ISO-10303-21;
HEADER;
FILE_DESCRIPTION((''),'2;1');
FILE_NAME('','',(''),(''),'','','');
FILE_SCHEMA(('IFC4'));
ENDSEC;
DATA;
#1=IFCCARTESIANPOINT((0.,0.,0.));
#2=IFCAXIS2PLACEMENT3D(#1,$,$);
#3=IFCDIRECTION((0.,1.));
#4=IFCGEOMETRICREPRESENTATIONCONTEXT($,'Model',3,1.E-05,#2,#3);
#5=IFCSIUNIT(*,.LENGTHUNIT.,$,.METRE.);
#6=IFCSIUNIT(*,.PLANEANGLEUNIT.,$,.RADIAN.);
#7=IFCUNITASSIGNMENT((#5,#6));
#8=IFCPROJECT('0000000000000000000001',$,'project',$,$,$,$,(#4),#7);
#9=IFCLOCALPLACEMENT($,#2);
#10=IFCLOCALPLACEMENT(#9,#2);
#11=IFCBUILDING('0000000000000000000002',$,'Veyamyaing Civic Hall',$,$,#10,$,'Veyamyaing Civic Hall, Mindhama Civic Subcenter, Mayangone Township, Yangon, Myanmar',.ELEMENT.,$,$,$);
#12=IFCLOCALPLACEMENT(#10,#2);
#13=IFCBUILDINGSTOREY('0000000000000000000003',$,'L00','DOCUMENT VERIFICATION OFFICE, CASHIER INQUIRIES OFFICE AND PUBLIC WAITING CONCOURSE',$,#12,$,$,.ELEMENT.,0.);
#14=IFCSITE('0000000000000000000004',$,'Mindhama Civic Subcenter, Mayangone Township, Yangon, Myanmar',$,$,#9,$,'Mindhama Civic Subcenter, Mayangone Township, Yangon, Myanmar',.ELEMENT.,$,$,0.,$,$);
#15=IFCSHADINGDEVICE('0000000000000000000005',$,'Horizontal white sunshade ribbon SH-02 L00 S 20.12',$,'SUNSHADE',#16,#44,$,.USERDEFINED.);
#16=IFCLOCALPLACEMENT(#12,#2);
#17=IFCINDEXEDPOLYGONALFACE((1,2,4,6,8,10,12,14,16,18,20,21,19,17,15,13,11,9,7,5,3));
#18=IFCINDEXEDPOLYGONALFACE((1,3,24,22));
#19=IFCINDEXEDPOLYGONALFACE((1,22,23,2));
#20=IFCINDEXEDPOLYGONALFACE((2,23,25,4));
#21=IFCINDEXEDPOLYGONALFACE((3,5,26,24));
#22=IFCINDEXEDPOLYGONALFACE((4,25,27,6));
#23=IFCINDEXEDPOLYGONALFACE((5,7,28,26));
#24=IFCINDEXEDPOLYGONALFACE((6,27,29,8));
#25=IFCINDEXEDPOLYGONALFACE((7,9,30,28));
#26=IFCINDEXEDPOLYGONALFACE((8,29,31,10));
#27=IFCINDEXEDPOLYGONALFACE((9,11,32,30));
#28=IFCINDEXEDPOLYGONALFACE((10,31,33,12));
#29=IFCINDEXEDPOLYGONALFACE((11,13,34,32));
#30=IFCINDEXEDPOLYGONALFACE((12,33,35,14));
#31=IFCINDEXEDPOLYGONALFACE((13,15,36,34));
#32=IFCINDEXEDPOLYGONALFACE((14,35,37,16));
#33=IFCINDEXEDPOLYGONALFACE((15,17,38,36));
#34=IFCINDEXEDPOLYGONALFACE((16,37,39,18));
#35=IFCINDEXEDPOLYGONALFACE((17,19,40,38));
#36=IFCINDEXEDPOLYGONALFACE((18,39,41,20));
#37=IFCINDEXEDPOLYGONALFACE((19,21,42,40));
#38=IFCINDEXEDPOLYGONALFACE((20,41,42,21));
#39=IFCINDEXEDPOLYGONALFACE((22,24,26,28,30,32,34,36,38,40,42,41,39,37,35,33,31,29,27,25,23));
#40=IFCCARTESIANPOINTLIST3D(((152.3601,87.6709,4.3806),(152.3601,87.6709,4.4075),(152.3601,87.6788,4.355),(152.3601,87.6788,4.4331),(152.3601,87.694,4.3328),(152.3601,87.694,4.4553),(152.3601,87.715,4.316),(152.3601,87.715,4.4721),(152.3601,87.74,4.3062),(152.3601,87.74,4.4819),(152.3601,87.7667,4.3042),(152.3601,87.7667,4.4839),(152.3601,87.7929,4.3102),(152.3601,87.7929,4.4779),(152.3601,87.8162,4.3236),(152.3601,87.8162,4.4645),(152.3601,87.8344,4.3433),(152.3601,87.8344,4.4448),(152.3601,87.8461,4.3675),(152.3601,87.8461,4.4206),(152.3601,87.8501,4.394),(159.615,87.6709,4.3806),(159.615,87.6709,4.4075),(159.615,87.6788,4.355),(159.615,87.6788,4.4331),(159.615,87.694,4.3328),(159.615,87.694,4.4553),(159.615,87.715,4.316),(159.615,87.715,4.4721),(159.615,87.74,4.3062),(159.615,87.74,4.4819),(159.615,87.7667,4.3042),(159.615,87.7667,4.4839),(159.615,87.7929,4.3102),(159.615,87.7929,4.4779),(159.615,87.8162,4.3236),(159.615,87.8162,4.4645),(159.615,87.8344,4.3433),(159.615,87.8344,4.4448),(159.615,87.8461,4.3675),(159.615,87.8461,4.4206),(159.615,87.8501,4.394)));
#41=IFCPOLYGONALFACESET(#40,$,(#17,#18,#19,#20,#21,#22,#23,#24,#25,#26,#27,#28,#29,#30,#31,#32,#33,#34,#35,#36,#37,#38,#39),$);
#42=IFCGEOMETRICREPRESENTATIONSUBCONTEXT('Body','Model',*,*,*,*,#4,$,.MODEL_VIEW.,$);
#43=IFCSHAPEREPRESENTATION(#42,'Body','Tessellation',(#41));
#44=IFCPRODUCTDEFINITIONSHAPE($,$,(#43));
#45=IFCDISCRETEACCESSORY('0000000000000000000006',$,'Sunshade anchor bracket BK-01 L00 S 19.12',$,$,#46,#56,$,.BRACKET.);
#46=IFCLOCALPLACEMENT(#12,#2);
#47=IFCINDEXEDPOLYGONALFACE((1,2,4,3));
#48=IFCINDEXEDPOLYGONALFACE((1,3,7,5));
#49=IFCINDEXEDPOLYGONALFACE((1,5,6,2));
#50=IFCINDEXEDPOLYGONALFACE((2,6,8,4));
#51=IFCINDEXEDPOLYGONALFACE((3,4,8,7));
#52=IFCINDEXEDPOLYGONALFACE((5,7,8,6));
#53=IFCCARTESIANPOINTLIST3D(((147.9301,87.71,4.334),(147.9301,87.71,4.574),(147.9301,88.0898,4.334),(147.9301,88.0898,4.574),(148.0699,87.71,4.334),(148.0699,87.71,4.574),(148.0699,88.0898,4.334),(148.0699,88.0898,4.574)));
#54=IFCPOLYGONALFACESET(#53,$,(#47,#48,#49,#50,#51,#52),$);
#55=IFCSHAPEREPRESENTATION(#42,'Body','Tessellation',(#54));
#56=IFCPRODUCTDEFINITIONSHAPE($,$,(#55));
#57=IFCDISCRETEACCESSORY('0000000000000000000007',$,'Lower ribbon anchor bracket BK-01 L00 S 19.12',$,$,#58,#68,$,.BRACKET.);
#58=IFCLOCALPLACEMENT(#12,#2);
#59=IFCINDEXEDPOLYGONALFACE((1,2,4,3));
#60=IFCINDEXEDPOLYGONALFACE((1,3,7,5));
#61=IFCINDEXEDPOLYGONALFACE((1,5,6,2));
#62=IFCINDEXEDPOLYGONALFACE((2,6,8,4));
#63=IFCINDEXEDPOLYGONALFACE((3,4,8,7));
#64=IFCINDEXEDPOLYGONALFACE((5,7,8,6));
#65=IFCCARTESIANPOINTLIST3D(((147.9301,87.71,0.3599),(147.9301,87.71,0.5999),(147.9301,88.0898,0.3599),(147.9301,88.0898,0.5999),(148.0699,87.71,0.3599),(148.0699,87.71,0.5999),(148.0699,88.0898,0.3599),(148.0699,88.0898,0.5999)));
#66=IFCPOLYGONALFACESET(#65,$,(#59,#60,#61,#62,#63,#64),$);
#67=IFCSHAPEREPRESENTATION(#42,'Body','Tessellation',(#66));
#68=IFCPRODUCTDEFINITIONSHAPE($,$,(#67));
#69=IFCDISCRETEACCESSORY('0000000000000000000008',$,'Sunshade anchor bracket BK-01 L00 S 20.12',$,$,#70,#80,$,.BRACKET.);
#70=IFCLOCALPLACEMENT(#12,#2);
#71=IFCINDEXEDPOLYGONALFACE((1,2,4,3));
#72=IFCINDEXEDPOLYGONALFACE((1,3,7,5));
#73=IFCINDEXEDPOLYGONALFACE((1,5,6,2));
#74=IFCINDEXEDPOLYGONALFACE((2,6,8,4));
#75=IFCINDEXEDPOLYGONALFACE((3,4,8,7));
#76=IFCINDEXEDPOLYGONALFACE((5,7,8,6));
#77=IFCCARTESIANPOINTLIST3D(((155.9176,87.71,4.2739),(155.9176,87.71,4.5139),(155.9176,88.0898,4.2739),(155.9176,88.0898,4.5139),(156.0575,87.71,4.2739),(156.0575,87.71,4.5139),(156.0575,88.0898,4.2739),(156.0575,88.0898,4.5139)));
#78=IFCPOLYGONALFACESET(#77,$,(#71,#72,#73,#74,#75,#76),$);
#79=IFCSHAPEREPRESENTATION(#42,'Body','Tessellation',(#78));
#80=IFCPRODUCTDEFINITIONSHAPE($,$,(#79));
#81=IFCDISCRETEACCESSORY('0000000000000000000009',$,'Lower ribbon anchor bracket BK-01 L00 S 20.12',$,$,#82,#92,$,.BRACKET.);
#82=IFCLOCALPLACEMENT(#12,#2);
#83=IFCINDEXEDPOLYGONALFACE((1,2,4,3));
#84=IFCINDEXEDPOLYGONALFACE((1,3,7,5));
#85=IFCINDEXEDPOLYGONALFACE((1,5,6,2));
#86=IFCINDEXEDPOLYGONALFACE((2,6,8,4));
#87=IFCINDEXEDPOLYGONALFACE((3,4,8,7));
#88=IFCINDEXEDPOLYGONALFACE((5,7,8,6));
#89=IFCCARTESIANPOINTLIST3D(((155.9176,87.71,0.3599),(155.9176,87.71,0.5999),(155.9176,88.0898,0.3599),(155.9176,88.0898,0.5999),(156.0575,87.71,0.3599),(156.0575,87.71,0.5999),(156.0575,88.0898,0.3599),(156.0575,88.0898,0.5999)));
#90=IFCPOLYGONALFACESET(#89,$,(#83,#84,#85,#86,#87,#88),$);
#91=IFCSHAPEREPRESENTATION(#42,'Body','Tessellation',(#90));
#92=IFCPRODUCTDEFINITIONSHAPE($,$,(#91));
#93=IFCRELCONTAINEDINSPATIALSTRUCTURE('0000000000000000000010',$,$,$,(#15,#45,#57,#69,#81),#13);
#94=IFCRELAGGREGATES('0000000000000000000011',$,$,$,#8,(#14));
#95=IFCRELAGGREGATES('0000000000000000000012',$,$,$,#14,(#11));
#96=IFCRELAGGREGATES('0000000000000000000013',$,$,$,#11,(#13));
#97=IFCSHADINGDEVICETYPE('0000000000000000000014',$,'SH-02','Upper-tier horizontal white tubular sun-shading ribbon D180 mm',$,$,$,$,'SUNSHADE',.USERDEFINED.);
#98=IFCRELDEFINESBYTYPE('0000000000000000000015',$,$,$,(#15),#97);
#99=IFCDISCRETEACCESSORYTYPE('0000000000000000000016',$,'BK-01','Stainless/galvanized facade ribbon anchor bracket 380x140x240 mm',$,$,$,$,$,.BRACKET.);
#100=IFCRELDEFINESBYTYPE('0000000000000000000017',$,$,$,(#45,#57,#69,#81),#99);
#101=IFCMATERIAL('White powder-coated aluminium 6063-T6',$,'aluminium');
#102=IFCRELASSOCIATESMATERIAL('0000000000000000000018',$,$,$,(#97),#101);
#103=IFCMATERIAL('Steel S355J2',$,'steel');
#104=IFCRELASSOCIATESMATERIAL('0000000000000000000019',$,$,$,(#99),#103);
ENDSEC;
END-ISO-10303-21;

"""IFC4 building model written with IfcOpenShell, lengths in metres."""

from ifc_helpers import new_model, si_unit, direction, frame, origin, origin_2d, place, context, subcontext, project, spatial, rectangle, circle, extrude, material, material_profile, profile_set, type_object, element, save


model = new_model("IFC4")

# Units and contexts
model_context = context("Model", 3, precision=1e-05, world=origin(), true_north=direction((0.0, 1.0)))
body_context = subcontext(model_context, "Body", "Model", "MODEL_VIEW")
ifc_project = project(units=[si_unit("LENGTHUNIT", "METRE"), si_unit("PLANEANGLEUNIT", "RADIAN")], contexts=[model_context])

# Site, building, storey
site_placement = place(None, origin())
site = spatial("IfcSite", under=ifc_project, at=site_placement, Name="Mindhama Civic Subcenter, Mayangone Township, Yangon, Myanmar", LongName="Mindhama Civic Subcenter, Mayangone Township, Yangon, Myanmar", CompositionType="ELEMENT", RefElevation=0.0)
building_placement = place(site_placement, origin())
building = spatial("IfcBuilding", under=site, at=building_placement, Name="Veyamyaing Civic Hall", LongName="Veyamyaing Civic Hall, Mindhama Civic Subcenter, Mayangone Township, Yangon, Myanmar", CompositionType="ELEMENT")
storey_placement = place(building_placement, origin())
storey = spatial("IfcBuildingStorey", under=building, at=storey_placement, Name="L00", Description="DOCUMENT VERIFICATION OFFICE, CASHIER INQUIRIES OFFICE AND PUBLIC WAITING CONCOURSE", CompositionType="ELEMENT", Elevation=0.0)

# Shared definitions
ifc_material_1 = material(Name="White powder-coated aluminium 6063-T6", Category="aluminium")

# Shading device
ifc_material_profile_1 = material_profile(ifc_material_1, circle(Radius=0.0901, at=origin_2d()), Name="SHADE-TUBE-180")
ifc_profile_set_1 = profile_set([ifc_material_profile_1], Name="White powder-coated aluminium 6063-T6")
shading_device_type = type_object("IfcShadingDeviceType", Name="SH-02", Description="Upper-tier horizontal white tubular sun-shading ribbon D180 mm", ElementType="SUNSHADE", PredefinedType="USERDEFINED", material=ifc_profile_set_1)
shading_device_placement = place(storey_placement, frame((152.3601, 87.76, 4.394), z_axis=(1.0, 0.0, 0.0), x_axis=(0.0, 1.0, 0.0)))
element("IfcShadingDevice", 1, at=shading_device_placement, inside=storey, type_object=shading_device_type, Name="Horizontal white sunshade ribbon SH-02 L00 S 20.12", ObjectType="SUNSHADE", PredefinedType="USERDEFINED", context=body_context, shape_type="SweptSolid", body=[
    extrude(circle(Radius=0.0901, at=origin_2d()), origin(), (0.0, 0.0, 1.0), 7.2549),
])

# Discrete accessories
ifc_material_2 = material(Name="Steel S355J2", Category="steel")
discrete_accessory_type = type_object("IfcDiscreteAccessoryType", Name="BK-01", Description="Stainless/galvanized facade ribbon anchor bracket 380x140x240 mm", PredefinedType="BRACKET", material=ifc_material_2)
for number, where, z_axis, x_axis, name in (
    (2, (148.0, 87.8999, 4.334), (0.0, 0.0, 1.0), (0.0, -1.0, 0.0), "Sunshade anchor bracket BK-01 L00 S 19.12"),
    (3, (148.0, 87.8999, 0.3599), (0.0, 0.0, 1.0), (0.0, -1.0, 0.0), "Lower ribbon anchor bracket BK-01 L00 S 19.12"),
    (4, (155.9875, 87.8999, 4.2739), (0.0, 0.0, 1.0), (0.0, -1.0, 0.0), "Sunshade anchor bracket BK-01 L00 S 20.12"),
    (5, (155.9875, 87.8999, 0.3599), (0.0, 0.0, 1.0), (0.0, -1.0, 0.0), "Lower ribbon anchor bracket BK-01 L00 S 20.12"),
):
    element("IfcDiscreteAccessory", number, at=place(storey_placement, frame(where, z_axis=z_axis, x_axis=x_axis)), inside=storey, type_object=discrete_accessory_type, Name=name, PredefinedType="BRACKET", context=body_context, shape_type="SweptSolid", body=[
        extrude(rectangle(XDim=0.3799, YDim=0.1399, at=origin_2d()), origin(), (0.0, 0.0, 1.0), 0.24),
    ])

save(model, "model.ifc")
